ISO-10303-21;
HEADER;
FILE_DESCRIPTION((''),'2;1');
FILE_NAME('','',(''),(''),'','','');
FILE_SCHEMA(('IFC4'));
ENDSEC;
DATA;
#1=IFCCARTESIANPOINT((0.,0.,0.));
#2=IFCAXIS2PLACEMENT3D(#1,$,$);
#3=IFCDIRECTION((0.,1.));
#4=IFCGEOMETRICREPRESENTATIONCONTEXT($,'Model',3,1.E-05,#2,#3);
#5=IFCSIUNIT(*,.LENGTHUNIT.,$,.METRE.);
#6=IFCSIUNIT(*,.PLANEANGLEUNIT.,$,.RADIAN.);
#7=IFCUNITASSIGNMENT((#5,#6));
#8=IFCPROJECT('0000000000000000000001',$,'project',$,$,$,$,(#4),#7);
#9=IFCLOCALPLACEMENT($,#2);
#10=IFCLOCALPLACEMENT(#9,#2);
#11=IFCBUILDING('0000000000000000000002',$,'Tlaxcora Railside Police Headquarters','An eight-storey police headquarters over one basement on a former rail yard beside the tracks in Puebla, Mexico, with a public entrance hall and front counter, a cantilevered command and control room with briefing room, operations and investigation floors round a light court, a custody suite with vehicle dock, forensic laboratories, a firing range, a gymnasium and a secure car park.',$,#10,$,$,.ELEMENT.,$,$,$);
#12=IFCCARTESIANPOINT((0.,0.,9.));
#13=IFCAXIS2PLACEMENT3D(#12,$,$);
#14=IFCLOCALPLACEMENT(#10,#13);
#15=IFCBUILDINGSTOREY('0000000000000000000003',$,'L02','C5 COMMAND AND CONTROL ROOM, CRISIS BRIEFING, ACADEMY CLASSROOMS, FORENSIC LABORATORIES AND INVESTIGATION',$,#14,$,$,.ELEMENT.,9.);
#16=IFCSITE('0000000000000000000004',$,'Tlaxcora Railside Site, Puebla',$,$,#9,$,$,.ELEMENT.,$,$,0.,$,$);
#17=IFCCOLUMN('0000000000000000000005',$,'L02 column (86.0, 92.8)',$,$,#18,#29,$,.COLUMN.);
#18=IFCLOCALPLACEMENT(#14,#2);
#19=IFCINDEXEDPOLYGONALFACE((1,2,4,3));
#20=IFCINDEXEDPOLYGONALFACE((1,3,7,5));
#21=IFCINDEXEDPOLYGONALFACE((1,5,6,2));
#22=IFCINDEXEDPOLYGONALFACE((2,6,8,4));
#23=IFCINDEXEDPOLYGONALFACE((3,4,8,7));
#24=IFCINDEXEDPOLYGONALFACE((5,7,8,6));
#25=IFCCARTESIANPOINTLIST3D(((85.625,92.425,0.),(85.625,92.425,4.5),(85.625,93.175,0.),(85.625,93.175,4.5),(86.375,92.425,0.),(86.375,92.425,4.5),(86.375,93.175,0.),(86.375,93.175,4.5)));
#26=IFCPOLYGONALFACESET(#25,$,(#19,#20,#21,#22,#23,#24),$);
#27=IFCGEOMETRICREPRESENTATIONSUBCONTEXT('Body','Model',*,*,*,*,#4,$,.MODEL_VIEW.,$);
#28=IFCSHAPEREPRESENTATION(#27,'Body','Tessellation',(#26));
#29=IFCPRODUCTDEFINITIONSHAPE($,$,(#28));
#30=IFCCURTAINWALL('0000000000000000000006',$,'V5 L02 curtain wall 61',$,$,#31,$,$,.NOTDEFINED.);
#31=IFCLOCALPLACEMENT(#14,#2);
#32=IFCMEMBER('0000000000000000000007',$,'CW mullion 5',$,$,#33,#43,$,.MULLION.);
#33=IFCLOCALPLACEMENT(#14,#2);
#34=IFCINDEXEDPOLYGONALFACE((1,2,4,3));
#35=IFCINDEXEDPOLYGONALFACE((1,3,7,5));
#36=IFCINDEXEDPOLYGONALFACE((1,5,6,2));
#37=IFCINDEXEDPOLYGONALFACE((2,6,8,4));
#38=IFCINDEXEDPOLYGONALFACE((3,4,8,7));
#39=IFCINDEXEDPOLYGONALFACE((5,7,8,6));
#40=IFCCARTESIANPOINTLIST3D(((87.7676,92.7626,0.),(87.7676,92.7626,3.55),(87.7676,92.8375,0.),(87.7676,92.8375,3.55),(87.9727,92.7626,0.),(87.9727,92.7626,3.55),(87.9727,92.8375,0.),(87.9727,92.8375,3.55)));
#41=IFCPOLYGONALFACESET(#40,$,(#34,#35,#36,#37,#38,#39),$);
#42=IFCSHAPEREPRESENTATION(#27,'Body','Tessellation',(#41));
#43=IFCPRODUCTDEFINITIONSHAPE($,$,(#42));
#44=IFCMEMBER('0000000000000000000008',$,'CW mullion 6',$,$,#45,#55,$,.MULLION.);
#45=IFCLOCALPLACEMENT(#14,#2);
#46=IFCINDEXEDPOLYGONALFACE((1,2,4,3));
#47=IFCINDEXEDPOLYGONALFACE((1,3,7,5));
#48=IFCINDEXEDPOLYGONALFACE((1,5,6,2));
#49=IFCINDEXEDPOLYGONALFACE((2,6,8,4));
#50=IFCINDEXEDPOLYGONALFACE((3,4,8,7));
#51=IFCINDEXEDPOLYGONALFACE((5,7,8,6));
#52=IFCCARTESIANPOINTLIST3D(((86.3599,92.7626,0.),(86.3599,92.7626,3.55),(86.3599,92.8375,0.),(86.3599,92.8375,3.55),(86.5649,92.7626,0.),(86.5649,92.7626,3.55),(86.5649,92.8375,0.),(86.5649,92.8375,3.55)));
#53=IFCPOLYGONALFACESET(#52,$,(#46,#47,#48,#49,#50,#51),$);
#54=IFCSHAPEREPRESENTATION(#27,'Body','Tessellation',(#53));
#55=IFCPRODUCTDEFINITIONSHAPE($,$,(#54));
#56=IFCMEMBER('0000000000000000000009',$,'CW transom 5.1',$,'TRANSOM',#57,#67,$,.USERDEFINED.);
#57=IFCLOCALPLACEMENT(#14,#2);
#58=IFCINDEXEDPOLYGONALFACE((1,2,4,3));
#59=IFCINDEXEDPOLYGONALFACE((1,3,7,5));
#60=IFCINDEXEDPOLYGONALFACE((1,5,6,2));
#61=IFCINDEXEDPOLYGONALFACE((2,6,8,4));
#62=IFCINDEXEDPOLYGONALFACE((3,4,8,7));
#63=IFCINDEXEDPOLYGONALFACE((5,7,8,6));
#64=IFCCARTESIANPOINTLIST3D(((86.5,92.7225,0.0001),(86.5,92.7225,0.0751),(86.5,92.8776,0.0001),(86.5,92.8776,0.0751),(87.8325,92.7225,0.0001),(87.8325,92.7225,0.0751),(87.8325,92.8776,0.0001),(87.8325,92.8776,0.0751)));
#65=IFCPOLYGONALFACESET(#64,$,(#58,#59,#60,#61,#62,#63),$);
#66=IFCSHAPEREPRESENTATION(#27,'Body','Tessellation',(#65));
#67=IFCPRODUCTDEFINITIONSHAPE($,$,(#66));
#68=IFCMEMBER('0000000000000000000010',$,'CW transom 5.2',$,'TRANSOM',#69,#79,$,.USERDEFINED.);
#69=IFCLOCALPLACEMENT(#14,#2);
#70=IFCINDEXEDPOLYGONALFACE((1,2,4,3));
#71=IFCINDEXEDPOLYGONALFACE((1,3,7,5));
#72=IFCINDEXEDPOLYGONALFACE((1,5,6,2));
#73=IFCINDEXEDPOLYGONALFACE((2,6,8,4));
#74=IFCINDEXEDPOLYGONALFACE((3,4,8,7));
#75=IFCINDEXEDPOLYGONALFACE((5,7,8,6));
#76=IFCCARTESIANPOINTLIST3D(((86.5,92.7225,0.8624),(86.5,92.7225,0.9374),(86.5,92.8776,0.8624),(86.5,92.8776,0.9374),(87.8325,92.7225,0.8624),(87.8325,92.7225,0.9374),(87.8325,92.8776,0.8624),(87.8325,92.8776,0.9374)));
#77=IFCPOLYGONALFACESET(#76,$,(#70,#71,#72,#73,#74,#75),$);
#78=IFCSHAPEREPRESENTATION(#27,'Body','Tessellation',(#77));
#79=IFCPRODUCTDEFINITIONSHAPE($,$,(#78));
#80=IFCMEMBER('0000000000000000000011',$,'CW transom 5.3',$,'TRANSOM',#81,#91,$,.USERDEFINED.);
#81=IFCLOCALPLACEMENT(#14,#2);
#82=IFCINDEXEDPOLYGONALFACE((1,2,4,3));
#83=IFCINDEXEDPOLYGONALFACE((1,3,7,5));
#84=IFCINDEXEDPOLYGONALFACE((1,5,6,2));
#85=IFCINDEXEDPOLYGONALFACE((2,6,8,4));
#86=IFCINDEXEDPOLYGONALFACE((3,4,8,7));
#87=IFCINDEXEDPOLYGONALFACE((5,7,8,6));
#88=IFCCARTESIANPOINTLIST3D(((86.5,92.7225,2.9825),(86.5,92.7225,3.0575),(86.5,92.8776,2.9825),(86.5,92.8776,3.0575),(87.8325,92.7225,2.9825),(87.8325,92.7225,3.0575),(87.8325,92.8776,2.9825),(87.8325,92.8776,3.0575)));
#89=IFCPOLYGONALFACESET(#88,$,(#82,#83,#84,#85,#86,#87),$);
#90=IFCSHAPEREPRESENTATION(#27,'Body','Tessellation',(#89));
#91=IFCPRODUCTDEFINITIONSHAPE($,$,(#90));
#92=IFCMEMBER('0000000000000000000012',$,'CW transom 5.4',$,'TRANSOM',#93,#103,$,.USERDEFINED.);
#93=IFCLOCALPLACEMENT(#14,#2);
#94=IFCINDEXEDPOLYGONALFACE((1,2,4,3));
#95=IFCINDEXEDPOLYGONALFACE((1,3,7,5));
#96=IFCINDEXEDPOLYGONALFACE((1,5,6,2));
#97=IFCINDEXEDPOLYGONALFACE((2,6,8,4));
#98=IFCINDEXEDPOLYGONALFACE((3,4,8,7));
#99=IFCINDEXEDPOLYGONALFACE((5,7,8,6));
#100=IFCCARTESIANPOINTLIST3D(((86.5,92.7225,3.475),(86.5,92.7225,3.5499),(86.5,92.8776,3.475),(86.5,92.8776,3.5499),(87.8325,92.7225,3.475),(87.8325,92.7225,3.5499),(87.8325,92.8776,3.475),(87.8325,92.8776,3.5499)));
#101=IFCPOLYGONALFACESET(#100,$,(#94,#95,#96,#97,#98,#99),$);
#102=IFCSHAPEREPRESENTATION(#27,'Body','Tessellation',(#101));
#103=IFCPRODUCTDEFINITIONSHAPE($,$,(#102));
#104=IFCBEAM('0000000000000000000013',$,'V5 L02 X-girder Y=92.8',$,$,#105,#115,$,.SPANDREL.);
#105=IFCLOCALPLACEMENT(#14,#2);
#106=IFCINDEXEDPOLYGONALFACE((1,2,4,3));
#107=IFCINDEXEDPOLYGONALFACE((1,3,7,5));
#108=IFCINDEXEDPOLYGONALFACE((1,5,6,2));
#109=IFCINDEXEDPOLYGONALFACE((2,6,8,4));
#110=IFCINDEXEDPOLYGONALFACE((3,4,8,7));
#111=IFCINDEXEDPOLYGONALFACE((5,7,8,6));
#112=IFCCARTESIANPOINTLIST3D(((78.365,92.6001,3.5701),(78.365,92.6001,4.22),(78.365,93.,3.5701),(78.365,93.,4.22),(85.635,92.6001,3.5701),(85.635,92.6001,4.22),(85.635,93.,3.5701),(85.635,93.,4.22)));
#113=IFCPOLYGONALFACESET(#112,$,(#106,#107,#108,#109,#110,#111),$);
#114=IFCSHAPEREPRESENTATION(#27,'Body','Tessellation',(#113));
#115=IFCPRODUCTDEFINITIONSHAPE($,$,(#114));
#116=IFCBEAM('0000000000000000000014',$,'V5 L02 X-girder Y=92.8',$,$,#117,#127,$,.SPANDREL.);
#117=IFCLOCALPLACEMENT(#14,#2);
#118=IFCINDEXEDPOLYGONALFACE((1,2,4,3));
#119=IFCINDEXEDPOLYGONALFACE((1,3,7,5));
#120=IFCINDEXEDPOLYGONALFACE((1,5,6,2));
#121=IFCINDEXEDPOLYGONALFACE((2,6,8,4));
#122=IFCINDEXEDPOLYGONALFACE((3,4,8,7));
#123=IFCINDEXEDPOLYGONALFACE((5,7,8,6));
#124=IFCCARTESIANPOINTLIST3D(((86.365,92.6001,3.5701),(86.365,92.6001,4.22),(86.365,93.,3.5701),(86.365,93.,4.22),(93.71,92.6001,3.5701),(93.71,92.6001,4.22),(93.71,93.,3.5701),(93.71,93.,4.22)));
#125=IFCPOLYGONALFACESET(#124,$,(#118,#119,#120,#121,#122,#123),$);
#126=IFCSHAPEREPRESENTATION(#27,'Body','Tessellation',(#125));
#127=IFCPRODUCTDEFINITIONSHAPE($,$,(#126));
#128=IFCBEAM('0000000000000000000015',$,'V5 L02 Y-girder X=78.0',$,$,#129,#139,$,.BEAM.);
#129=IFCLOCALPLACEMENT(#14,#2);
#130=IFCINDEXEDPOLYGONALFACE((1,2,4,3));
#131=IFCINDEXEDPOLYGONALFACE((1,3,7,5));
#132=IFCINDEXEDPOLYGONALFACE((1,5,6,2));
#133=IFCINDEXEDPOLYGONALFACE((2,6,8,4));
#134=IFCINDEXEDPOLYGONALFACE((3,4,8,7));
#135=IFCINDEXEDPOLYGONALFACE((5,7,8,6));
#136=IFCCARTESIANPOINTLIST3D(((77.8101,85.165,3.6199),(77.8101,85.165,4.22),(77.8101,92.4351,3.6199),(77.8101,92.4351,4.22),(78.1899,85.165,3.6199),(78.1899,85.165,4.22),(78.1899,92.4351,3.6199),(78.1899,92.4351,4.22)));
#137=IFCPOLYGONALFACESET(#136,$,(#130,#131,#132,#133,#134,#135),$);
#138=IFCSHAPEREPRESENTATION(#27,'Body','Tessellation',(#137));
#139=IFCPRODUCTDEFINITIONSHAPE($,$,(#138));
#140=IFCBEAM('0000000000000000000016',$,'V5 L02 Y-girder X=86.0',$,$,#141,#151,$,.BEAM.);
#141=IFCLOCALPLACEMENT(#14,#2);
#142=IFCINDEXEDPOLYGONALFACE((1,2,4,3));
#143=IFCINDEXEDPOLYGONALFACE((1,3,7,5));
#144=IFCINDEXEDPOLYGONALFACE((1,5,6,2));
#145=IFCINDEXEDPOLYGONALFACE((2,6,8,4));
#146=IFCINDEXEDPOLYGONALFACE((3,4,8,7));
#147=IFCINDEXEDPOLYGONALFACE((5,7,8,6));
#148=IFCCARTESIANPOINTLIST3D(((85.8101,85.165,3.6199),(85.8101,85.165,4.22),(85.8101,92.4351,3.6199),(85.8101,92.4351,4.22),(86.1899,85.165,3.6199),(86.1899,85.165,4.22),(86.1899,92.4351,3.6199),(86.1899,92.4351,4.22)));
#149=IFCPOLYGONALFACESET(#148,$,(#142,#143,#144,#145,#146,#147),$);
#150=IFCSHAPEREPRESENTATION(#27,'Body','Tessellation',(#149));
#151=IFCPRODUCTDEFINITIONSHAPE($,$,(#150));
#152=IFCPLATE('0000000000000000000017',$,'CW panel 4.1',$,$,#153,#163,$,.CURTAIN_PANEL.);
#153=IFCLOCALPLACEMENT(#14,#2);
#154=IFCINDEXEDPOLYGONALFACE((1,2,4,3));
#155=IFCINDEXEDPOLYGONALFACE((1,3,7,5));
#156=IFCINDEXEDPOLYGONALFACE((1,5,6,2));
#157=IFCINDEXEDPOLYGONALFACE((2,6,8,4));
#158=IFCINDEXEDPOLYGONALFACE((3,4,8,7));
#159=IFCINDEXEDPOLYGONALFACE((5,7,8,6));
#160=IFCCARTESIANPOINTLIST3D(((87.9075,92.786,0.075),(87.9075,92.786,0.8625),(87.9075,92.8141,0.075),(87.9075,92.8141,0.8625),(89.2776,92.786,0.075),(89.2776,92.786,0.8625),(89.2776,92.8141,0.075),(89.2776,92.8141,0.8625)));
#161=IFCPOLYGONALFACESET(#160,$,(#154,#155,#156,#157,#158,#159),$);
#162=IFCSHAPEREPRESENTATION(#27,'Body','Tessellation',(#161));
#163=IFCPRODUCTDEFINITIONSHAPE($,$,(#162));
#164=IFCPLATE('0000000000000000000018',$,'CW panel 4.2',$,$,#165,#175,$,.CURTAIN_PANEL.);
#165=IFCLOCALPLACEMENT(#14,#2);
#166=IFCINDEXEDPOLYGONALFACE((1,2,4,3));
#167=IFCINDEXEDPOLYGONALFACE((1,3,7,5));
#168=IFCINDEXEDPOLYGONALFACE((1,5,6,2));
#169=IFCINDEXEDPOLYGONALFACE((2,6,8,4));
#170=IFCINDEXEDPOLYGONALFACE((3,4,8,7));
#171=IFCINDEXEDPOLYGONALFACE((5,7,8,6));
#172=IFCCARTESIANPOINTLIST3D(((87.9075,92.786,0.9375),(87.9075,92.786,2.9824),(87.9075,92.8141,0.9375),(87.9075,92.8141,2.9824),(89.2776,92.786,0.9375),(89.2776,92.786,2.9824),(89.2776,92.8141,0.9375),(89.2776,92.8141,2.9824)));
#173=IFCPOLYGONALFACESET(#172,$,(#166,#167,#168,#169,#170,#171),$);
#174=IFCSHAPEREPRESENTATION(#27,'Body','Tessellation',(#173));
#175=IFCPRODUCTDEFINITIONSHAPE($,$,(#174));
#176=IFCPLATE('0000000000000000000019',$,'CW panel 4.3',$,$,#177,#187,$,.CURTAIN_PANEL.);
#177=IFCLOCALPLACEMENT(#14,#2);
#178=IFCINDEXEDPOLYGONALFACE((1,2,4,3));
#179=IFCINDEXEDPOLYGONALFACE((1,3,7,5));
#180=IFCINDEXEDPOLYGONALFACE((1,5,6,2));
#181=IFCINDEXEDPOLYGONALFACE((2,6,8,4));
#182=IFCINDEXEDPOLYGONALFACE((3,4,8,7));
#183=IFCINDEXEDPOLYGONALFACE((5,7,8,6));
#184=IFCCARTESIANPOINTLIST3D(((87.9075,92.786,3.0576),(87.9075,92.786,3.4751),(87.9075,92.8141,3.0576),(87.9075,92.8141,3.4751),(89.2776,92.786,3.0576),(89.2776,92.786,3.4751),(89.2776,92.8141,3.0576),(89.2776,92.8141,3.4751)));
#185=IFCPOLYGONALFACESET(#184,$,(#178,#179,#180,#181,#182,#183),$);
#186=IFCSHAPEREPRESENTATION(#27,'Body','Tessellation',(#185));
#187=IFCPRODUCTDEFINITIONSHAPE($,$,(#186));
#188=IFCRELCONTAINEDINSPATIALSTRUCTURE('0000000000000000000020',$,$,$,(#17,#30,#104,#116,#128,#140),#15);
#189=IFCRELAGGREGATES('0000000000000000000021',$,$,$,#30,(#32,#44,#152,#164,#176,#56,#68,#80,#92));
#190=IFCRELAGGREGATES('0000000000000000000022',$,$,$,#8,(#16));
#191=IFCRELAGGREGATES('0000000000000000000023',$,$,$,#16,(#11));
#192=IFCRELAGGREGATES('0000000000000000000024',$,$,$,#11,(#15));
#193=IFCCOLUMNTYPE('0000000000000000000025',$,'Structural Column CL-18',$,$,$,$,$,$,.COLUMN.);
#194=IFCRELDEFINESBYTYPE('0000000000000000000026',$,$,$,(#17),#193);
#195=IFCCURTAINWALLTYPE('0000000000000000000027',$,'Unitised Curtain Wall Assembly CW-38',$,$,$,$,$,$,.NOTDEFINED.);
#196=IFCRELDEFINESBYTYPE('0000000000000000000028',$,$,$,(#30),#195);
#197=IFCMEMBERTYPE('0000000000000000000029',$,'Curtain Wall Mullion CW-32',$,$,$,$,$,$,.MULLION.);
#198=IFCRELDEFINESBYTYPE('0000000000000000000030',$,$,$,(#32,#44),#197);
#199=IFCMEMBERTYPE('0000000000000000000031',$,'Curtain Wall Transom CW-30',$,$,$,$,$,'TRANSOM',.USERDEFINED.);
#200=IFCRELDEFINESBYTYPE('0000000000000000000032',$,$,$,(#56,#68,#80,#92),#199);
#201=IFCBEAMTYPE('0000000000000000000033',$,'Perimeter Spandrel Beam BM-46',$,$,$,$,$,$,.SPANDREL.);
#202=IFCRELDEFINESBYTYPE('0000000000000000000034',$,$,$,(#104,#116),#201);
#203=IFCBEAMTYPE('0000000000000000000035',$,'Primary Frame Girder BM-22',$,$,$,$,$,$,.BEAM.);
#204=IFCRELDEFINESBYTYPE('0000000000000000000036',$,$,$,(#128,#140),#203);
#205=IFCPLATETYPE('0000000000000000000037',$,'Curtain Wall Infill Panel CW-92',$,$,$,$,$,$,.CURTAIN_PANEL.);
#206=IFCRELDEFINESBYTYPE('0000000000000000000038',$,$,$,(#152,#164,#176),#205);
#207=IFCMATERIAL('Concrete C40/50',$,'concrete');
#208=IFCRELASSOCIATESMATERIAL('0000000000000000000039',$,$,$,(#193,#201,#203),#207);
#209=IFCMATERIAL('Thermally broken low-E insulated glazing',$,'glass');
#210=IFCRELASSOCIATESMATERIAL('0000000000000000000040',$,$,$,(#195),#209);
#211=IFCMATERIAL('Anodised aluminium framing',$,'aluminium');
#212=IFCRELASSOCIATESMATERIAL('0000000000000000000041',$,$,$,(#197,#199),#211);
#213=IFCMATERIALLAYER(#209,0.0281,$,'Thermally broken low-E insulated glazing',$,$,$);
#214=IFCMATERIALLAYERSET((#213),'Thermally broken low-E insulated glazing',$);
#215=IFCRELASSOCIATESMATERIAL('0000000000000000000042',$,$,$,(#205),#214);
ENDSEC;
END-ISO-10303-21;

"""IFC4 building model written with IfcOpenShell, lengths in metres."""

from ifc_helpers import new_model, si_unit, direction, frame, origin, origin_2d, place, context, subcontext, project, spatial, rectangle, extrude, material, layer, layer_set, material_profile, profile_set, type_object, element, aggregate, save


model = new_model("IFC4")

# Units and contexts
model_context = context("Model", 3, precision=1e-05, world=origin(), true_north=direction((0.0, 1.0)))
body_context = subcontext(model_context, "Body", "Model", "MODEL_VIEW")
ifc_project = project(units=[si_unit("LENGTHUNIT", "METRE"), si_unit("PLANEANGLEUNIT", "RADIAN")], contexts=[model_context])

# Site, building, storey
site_placement = place(None, origin())
site = spatial("IfcSite", under=ifc_project, at=site_placement, Name="Tlaxcora Railside Site, Puebla", CompositionType="ELEMENT", RefElevation=0.0)
building_placement = place(site_placement, origin())
building = spatial("IfcBuilding", under=site, at=building_placement, Name="Tlaxcora Railside Police Headquarters", Description="An eight-storey police headquarters over one basement on a former rail yard beside the tracks in Puebla, Mexico, with a public entrance hall and front counter, a cantilevered command and control room with briefing room, operations and investigation floors round a light court, a custody suite with vehicle dock, forensic laboratories, a firing range, a gymnasium and a secure car park.", CompositionType="ELEMENT")
storey_placement = place(building_placement, frame((0.0, 0.0, 9.0)))
storey = spatial("IfcBuildingStorey", under=building, at=storey_placement, Name="L02", Description="C5 COMMAND AND CONTROL ROOM, CRISIS BRIEFING, ACADEMY CLASSROOMS, FORENSIC LABORATORIES AND INVESTIGATION", CompositionType="ELEMENT", Elevation=9.0)

# Column
ifc_material_1 = material(Name="Concrete C40/50", Category="concrete")
ifc_material_profile_1 = material_profile(ifc_material_1, rectangle(XDim=0.75, YDim=0.75, at=origin_2d()), Name="RC750X750")
ifc_profile_set_1 = profile_set([ifc_material_profile_1], Name="Concrete C40/50")
column_type = type_object("IfcColumnType", Name="Structural Column CL-18", PredefinedType="COLUMN", material=ifc_profile_set_1)
column_placement = place(storey_placement, frame((86.0, 92.8, 0.0), z_axis=(0.0, 0.0, 1.0), x_axis=(1.0, 0.0, 0.0)))
element("IfcColumn", 1, at=column_placement, inside=storey, type_object=column_type, Name="L02 column (86.0, 92.8)", PredefinedType="COLUMN", context=body_context, shape_type="SweptSolid", body=[
    extrude(rectangle(XDim=0.75, YDim=0.75, at=origin_2d()), origin(), (0.0, 0.0, 1.0), 4.5),
])

# Curtain wall, members
ifc_material_2 = material(Name="Thermally broken low-E insulated glazing", Category="glass")
curtain_wall_type = type_object("IfcCurtainWallType", Name="Unitised Curtain Wall Assembly CW-38", PredefinedType="NOTDEFINED", material=ifc_material_2)
curtain_wall_placement = place(storey_placement, origin())
curtain_wall = element("IfcCurtainWall", 2, at=curtain_wall_placement, inside=storey, type_object=curtain_wall_type, Name="V5 L02 curtain wall 61", PredefinedType="NOTDEFINED")
ifc_material_3 = material(Name="Anodised aluminium framing", Category="aluminium")
ifc_material_profile_2 = material_profile(ifc_material_3, rectangle(XDim=0.075, YDim=0.2051, at=origin_2d()), Name="AL75X205")
ifc_profile_set_2 = profile_set([ifc_material_profile_2], Name="Anodised aluminium framing")
member_type_1 = type_object("IfcMemberType", Name="Curtain Wall Mullion CW-32", PredefinedType="MULLION", material=ifc_profile_set_2)
member_1_placement = place(storey_placement, frame((87.8701, 92.8, 0.0), z_axis=(0.0, 0.0, 1.0), x_axis=(0.0, -1.0, 0.0)))
member_1 = element("IfcMember", 3, at=member_1_placement, type_object=member_type_1, Name="CW mullion 5", PredefinedType="MULLION", context=body_context, shape_type="SweptSolid", body=[
    extrude(rectangle(XDim=0.075, YDim=0.2051, at=origin_2d()), origin(), (0.0, 0.0, 1.0), 3.55),
])
member_2_placement = place(storey_placement, frame((86.4624, 92.8, 0.0), z_axis=(0.0, 0.0, 1.0), x_axis=(0.0, -1.0, 0.0)))
member_2 = element("IfcMember", 4, at=member_2_placement, type_object=member_type_1, Name="CW mullion 6", PredefinedType="MULLION", context=body_context, shape_type="SweptSolid", body=[
    extrude(rectangle(XDim=0.075, YDim=0.2051, at=origin_2d()), origin(), (0.0, 0.0, 1.0), 3.55),
])
ifc_material_profile_3 = material_profile(ifc_material_3, rectangle(XDim=0.155, YDim=0.075, at=origin_2d()), Name="AL75X155")
ifc_profile_set_3 = profile_set([ifc_material_profile_3], Name="Anodised aluminium framing")
member_type_2 = type_object("IfcMemberType", Name="Curtain Wall Transom CW-30", ElementType="TRANSOM", PredefinedType="USERDEFINED", material=ifc_profile_set_3)
member_3_placement = place(storey_placement, frame((87.8325, 92.8, 0.0376), z_axis=(-1.0, 0.0, 0.0), x_axis=(0.0, -1.0, 0.0)))
member_3 = element("IfcMember", 5, at=member_3_placement, type_object=member_type_2, Name="CW transom 5.1", ObjectType="TRANSOM", PredefinedType="USERDEFINED", context=body_context, shape_type="SweptSolid", body=[
    extrude(rectangle(XDim=0.155, YDim=0.075, at=origin_2d()), origin(), (0.0, 0.0, 1.0), 1.3325),
])
member_4_placement = place(storey_placement, frame((87.8325, 92.8, 0.8999), z_axis=(-1.0, 0.0, 0.0), x_axis=(0.0, -1.0, 0.0)))
member_4 = element("IfcMember", 6, at=member_4_placement, type_object=member_type_2, Name="CW transom 5.2", ObjectType="TRANSOM", PredefinedType="USERDEFINED", context=body_context, shape_type="SweptSolid", body=[
    extrude(rectangle(XDim=0.155, YDim=0.075, at=origin_2d()), origin(), (0.0, 0.0, 1.0), 1.3325),
])
member_5_placement = place(storey_placement, frame((87.8325, 92.8, 3.02), z_axis=(-1.0, 0.0, 0.0), x_axis=(0.0, -1.0, 0.0)))
member_5 = element("IfcMember", 7, at=member_5_placement, type_object=member_type_2, Name="CW transom 5.3", ObjectType="TRANSOM", PredefinedType="USERDEFINED", context=body_context, shape_type="SweptSolid", body=[
    extrude(rectangle(XDim=0.155, YDim=0.075, at=origin_2d()), origin(), (0.0, 0.0, 1.0), 1.3325),
])
member_6_placement = place(storey_placement, frame((87.8325, 92.8, 3.5125), z_axis=(-1.0, 0.0, 0.0), x_axis=(0.0, -1.0, 0.0)))
member_6 = element("IfcMember", 8, at=member_6_placement, type_object=member_type_2, Name="CW transom 5.4", ObjectType="TRANSOM", PredefinedType="USERDEFINED", context=body_context, shape_type="SweptSolid", body=[
    extrude(rectangle(XDim=0.155, YDim=0.075, at=origin_2d()), origin(), (0.0, 0.0, 1.0), 1.3325),
])

# Beams
ifc_material_profile_4 = material_profile(ifc_material_1, rectangle(XDim=0.3999, YDim=0.6499, at=origin_2d()), Name="RC400X650")
ifc_profile_set_4 = profile_set([ifc_material_profile_4], Name="Concrete C40/50")
beam_type_1 = type_object("IfcBeamType", Name="Perimeter Spandrel Beam BM-46", PredefinedType="SPANDREL", material=ifc_profile_set_4)
beam_1_placement = place(storey_placement, frame((78.365, 92.8, 3.895), z_axis=(1.0, 0.0, 0.0), x_axis=(0.0, 1.0, 0.0)))
element("IfcBeam", 9, at=beam_1_placement, inside=storey, type_object=beam_type_1, Name="V5 L02 X-girder Y=92.8", PredefinedType="SPANDREL", context=body_context, shape_type="SweptSolid", body=[
    extrude(rectangle(XDim=0.3999, YDim=0.6499, at=origin_2d()), origin(), (0.0, 0.0, 1.0), 7.27),
])
beam_2_placement = place(storey_placement, frame((86.365, 92.8, 3.895), z_axis=(1.0, 0.0, 0.0), x_axis=(0.0, 1.0, 0.0)))
element("IfcBeam", 10, at=beam_2_placement, inside=storey, type_object=beam_type_1, Name="V5 L02 X-girder Y=92.8", PredefinedType="SPANDREL", context=body_context, shape_type="SweptSolid", body=[
    extrude(rectangle(XDim=0.3999, YDim=0.6499, at=origin_2d()), origin(), (0.0, 0.0, 1.0), 7.345),
])
ifc_material_profile_5 = material_profile(ifc_material_1, rectangle(XDim=0.3799, YDim=0.6001, at=origin_2d()), Name="RC380X600")
ifc_profile_set_5 = profile_set([ifc_material_profile_5], Name="Concrete C40/50")
beam_type_2 = type_object("IfcBeamType", Name="Primary Frame Girder BM-22", PredefinedType="BEAM", material=ifc_profile_set_5)
for number, where, z_axis, x_axis, name in (
    (11, (78.0, 85.165, 3.9199), (0.0, 1.0, 0.0), (-1.0, 0.0, 0.0), "V5 L02 Y-girder X=78.0"),
    (12, (86.0, 85.165, 3.9199), (0.0, 1.0, 0.0), (-1.0, 0.0, 0.0), "V5 L02 Y-girder X=86.0"),
):
    element("IfcBeam", number, at=place(storey_placement, frame(where, z_axis=z_axis, x_axis=x_axis)), inside=storey, type_object=beam_type_2, Name=name, PredefinedType="BEAM", context=body_context, shape_type="SweptSolid", body=[
        extrude(rectangle(XDim=0.3799, YDim=0.6001, at=origin_2d()), origin(), (0.0, 0.0, 1.0), 7.27),
    ])

# Plates
ifc_layer_1 = layer(ifc_material_2, 0.0281, Name="Thermally broken low-E insulated glazing")
ifc_layer_set_1 = layer_set([ifc_layer_1], Name="Thermally broken low-E insulated glazing")
plate_type = type_object("IfcPlateType", Name="Curtain Wall Infill Panel CW-92", PredefinedType="CURTAIN_PANEL", material=ifc_layer_set_1)
plate_1_placement = place(storey_placement, frame((88.5925, 92.8, 0.075), z_axis=(0.0, 0.0, 1.0), x_axis=(-1.0, 0.0, 0.0)))
plate_1 = element("IfcPlate", 13, at=plate_1_placement, type_object=plate_type, Name="CW panel 4.1", PredefinedType="CURTAIN_PANEL", context=body_context, shape_type="SweptSolid", body=[
    extrude(rectangle(XDim=1.3701, YDim=0.0281, at=origin_2d()), origin(), (0.0, 0.0, 1.0), 0.7876),
])
plate_2_placement = place(storey_placement, frame((88.5925, 92.8, 0.9375), z_axis=(0.0, 0.0, 1.0), x_axis=(-1.0, 0.0, 0.0)))
plate_2 = element("IfcPlate", 14, at=plate_2_placement, type_object=plate_type, Name="CW panel 4.2", PredefinedType="CURTAIN_PANEL", context=body_context, shape_type="SweptSolid", body=[
    extrude(rectangle(XDim=1.3701, YDim=0.0281, at=origin_2d()), origin(), (0.0, 0.0, 1.0), 2.0449),
])
plate_3_placement = place(storey_placement, frame((88.5925, 92.8, 3.0576), z_axis=(0.0, 0.0, 1.0), x_axis=(-1.0, 0.0, 0.0)))
plate_3 = element("IfcPlate", 15, at=plate_3_placement, type_object=plate_type, Name="CW panel 4.3", PredefinedType="CURTAIN_PANEL", context=body_context, shape_type="SweptSolid", body=[
    extrude(rectangle(XDim=1.3701, YDim=0.0281, at=origin_2d()), origin(), (0.0, 0.0, 1.0), 0.4175),
])
aggregate(curtain_wall, [member_1, member_2, plate_1, plate_2, plate_3, member_3, member_4, member_5, member_6])

save(model, "model.ifc")
